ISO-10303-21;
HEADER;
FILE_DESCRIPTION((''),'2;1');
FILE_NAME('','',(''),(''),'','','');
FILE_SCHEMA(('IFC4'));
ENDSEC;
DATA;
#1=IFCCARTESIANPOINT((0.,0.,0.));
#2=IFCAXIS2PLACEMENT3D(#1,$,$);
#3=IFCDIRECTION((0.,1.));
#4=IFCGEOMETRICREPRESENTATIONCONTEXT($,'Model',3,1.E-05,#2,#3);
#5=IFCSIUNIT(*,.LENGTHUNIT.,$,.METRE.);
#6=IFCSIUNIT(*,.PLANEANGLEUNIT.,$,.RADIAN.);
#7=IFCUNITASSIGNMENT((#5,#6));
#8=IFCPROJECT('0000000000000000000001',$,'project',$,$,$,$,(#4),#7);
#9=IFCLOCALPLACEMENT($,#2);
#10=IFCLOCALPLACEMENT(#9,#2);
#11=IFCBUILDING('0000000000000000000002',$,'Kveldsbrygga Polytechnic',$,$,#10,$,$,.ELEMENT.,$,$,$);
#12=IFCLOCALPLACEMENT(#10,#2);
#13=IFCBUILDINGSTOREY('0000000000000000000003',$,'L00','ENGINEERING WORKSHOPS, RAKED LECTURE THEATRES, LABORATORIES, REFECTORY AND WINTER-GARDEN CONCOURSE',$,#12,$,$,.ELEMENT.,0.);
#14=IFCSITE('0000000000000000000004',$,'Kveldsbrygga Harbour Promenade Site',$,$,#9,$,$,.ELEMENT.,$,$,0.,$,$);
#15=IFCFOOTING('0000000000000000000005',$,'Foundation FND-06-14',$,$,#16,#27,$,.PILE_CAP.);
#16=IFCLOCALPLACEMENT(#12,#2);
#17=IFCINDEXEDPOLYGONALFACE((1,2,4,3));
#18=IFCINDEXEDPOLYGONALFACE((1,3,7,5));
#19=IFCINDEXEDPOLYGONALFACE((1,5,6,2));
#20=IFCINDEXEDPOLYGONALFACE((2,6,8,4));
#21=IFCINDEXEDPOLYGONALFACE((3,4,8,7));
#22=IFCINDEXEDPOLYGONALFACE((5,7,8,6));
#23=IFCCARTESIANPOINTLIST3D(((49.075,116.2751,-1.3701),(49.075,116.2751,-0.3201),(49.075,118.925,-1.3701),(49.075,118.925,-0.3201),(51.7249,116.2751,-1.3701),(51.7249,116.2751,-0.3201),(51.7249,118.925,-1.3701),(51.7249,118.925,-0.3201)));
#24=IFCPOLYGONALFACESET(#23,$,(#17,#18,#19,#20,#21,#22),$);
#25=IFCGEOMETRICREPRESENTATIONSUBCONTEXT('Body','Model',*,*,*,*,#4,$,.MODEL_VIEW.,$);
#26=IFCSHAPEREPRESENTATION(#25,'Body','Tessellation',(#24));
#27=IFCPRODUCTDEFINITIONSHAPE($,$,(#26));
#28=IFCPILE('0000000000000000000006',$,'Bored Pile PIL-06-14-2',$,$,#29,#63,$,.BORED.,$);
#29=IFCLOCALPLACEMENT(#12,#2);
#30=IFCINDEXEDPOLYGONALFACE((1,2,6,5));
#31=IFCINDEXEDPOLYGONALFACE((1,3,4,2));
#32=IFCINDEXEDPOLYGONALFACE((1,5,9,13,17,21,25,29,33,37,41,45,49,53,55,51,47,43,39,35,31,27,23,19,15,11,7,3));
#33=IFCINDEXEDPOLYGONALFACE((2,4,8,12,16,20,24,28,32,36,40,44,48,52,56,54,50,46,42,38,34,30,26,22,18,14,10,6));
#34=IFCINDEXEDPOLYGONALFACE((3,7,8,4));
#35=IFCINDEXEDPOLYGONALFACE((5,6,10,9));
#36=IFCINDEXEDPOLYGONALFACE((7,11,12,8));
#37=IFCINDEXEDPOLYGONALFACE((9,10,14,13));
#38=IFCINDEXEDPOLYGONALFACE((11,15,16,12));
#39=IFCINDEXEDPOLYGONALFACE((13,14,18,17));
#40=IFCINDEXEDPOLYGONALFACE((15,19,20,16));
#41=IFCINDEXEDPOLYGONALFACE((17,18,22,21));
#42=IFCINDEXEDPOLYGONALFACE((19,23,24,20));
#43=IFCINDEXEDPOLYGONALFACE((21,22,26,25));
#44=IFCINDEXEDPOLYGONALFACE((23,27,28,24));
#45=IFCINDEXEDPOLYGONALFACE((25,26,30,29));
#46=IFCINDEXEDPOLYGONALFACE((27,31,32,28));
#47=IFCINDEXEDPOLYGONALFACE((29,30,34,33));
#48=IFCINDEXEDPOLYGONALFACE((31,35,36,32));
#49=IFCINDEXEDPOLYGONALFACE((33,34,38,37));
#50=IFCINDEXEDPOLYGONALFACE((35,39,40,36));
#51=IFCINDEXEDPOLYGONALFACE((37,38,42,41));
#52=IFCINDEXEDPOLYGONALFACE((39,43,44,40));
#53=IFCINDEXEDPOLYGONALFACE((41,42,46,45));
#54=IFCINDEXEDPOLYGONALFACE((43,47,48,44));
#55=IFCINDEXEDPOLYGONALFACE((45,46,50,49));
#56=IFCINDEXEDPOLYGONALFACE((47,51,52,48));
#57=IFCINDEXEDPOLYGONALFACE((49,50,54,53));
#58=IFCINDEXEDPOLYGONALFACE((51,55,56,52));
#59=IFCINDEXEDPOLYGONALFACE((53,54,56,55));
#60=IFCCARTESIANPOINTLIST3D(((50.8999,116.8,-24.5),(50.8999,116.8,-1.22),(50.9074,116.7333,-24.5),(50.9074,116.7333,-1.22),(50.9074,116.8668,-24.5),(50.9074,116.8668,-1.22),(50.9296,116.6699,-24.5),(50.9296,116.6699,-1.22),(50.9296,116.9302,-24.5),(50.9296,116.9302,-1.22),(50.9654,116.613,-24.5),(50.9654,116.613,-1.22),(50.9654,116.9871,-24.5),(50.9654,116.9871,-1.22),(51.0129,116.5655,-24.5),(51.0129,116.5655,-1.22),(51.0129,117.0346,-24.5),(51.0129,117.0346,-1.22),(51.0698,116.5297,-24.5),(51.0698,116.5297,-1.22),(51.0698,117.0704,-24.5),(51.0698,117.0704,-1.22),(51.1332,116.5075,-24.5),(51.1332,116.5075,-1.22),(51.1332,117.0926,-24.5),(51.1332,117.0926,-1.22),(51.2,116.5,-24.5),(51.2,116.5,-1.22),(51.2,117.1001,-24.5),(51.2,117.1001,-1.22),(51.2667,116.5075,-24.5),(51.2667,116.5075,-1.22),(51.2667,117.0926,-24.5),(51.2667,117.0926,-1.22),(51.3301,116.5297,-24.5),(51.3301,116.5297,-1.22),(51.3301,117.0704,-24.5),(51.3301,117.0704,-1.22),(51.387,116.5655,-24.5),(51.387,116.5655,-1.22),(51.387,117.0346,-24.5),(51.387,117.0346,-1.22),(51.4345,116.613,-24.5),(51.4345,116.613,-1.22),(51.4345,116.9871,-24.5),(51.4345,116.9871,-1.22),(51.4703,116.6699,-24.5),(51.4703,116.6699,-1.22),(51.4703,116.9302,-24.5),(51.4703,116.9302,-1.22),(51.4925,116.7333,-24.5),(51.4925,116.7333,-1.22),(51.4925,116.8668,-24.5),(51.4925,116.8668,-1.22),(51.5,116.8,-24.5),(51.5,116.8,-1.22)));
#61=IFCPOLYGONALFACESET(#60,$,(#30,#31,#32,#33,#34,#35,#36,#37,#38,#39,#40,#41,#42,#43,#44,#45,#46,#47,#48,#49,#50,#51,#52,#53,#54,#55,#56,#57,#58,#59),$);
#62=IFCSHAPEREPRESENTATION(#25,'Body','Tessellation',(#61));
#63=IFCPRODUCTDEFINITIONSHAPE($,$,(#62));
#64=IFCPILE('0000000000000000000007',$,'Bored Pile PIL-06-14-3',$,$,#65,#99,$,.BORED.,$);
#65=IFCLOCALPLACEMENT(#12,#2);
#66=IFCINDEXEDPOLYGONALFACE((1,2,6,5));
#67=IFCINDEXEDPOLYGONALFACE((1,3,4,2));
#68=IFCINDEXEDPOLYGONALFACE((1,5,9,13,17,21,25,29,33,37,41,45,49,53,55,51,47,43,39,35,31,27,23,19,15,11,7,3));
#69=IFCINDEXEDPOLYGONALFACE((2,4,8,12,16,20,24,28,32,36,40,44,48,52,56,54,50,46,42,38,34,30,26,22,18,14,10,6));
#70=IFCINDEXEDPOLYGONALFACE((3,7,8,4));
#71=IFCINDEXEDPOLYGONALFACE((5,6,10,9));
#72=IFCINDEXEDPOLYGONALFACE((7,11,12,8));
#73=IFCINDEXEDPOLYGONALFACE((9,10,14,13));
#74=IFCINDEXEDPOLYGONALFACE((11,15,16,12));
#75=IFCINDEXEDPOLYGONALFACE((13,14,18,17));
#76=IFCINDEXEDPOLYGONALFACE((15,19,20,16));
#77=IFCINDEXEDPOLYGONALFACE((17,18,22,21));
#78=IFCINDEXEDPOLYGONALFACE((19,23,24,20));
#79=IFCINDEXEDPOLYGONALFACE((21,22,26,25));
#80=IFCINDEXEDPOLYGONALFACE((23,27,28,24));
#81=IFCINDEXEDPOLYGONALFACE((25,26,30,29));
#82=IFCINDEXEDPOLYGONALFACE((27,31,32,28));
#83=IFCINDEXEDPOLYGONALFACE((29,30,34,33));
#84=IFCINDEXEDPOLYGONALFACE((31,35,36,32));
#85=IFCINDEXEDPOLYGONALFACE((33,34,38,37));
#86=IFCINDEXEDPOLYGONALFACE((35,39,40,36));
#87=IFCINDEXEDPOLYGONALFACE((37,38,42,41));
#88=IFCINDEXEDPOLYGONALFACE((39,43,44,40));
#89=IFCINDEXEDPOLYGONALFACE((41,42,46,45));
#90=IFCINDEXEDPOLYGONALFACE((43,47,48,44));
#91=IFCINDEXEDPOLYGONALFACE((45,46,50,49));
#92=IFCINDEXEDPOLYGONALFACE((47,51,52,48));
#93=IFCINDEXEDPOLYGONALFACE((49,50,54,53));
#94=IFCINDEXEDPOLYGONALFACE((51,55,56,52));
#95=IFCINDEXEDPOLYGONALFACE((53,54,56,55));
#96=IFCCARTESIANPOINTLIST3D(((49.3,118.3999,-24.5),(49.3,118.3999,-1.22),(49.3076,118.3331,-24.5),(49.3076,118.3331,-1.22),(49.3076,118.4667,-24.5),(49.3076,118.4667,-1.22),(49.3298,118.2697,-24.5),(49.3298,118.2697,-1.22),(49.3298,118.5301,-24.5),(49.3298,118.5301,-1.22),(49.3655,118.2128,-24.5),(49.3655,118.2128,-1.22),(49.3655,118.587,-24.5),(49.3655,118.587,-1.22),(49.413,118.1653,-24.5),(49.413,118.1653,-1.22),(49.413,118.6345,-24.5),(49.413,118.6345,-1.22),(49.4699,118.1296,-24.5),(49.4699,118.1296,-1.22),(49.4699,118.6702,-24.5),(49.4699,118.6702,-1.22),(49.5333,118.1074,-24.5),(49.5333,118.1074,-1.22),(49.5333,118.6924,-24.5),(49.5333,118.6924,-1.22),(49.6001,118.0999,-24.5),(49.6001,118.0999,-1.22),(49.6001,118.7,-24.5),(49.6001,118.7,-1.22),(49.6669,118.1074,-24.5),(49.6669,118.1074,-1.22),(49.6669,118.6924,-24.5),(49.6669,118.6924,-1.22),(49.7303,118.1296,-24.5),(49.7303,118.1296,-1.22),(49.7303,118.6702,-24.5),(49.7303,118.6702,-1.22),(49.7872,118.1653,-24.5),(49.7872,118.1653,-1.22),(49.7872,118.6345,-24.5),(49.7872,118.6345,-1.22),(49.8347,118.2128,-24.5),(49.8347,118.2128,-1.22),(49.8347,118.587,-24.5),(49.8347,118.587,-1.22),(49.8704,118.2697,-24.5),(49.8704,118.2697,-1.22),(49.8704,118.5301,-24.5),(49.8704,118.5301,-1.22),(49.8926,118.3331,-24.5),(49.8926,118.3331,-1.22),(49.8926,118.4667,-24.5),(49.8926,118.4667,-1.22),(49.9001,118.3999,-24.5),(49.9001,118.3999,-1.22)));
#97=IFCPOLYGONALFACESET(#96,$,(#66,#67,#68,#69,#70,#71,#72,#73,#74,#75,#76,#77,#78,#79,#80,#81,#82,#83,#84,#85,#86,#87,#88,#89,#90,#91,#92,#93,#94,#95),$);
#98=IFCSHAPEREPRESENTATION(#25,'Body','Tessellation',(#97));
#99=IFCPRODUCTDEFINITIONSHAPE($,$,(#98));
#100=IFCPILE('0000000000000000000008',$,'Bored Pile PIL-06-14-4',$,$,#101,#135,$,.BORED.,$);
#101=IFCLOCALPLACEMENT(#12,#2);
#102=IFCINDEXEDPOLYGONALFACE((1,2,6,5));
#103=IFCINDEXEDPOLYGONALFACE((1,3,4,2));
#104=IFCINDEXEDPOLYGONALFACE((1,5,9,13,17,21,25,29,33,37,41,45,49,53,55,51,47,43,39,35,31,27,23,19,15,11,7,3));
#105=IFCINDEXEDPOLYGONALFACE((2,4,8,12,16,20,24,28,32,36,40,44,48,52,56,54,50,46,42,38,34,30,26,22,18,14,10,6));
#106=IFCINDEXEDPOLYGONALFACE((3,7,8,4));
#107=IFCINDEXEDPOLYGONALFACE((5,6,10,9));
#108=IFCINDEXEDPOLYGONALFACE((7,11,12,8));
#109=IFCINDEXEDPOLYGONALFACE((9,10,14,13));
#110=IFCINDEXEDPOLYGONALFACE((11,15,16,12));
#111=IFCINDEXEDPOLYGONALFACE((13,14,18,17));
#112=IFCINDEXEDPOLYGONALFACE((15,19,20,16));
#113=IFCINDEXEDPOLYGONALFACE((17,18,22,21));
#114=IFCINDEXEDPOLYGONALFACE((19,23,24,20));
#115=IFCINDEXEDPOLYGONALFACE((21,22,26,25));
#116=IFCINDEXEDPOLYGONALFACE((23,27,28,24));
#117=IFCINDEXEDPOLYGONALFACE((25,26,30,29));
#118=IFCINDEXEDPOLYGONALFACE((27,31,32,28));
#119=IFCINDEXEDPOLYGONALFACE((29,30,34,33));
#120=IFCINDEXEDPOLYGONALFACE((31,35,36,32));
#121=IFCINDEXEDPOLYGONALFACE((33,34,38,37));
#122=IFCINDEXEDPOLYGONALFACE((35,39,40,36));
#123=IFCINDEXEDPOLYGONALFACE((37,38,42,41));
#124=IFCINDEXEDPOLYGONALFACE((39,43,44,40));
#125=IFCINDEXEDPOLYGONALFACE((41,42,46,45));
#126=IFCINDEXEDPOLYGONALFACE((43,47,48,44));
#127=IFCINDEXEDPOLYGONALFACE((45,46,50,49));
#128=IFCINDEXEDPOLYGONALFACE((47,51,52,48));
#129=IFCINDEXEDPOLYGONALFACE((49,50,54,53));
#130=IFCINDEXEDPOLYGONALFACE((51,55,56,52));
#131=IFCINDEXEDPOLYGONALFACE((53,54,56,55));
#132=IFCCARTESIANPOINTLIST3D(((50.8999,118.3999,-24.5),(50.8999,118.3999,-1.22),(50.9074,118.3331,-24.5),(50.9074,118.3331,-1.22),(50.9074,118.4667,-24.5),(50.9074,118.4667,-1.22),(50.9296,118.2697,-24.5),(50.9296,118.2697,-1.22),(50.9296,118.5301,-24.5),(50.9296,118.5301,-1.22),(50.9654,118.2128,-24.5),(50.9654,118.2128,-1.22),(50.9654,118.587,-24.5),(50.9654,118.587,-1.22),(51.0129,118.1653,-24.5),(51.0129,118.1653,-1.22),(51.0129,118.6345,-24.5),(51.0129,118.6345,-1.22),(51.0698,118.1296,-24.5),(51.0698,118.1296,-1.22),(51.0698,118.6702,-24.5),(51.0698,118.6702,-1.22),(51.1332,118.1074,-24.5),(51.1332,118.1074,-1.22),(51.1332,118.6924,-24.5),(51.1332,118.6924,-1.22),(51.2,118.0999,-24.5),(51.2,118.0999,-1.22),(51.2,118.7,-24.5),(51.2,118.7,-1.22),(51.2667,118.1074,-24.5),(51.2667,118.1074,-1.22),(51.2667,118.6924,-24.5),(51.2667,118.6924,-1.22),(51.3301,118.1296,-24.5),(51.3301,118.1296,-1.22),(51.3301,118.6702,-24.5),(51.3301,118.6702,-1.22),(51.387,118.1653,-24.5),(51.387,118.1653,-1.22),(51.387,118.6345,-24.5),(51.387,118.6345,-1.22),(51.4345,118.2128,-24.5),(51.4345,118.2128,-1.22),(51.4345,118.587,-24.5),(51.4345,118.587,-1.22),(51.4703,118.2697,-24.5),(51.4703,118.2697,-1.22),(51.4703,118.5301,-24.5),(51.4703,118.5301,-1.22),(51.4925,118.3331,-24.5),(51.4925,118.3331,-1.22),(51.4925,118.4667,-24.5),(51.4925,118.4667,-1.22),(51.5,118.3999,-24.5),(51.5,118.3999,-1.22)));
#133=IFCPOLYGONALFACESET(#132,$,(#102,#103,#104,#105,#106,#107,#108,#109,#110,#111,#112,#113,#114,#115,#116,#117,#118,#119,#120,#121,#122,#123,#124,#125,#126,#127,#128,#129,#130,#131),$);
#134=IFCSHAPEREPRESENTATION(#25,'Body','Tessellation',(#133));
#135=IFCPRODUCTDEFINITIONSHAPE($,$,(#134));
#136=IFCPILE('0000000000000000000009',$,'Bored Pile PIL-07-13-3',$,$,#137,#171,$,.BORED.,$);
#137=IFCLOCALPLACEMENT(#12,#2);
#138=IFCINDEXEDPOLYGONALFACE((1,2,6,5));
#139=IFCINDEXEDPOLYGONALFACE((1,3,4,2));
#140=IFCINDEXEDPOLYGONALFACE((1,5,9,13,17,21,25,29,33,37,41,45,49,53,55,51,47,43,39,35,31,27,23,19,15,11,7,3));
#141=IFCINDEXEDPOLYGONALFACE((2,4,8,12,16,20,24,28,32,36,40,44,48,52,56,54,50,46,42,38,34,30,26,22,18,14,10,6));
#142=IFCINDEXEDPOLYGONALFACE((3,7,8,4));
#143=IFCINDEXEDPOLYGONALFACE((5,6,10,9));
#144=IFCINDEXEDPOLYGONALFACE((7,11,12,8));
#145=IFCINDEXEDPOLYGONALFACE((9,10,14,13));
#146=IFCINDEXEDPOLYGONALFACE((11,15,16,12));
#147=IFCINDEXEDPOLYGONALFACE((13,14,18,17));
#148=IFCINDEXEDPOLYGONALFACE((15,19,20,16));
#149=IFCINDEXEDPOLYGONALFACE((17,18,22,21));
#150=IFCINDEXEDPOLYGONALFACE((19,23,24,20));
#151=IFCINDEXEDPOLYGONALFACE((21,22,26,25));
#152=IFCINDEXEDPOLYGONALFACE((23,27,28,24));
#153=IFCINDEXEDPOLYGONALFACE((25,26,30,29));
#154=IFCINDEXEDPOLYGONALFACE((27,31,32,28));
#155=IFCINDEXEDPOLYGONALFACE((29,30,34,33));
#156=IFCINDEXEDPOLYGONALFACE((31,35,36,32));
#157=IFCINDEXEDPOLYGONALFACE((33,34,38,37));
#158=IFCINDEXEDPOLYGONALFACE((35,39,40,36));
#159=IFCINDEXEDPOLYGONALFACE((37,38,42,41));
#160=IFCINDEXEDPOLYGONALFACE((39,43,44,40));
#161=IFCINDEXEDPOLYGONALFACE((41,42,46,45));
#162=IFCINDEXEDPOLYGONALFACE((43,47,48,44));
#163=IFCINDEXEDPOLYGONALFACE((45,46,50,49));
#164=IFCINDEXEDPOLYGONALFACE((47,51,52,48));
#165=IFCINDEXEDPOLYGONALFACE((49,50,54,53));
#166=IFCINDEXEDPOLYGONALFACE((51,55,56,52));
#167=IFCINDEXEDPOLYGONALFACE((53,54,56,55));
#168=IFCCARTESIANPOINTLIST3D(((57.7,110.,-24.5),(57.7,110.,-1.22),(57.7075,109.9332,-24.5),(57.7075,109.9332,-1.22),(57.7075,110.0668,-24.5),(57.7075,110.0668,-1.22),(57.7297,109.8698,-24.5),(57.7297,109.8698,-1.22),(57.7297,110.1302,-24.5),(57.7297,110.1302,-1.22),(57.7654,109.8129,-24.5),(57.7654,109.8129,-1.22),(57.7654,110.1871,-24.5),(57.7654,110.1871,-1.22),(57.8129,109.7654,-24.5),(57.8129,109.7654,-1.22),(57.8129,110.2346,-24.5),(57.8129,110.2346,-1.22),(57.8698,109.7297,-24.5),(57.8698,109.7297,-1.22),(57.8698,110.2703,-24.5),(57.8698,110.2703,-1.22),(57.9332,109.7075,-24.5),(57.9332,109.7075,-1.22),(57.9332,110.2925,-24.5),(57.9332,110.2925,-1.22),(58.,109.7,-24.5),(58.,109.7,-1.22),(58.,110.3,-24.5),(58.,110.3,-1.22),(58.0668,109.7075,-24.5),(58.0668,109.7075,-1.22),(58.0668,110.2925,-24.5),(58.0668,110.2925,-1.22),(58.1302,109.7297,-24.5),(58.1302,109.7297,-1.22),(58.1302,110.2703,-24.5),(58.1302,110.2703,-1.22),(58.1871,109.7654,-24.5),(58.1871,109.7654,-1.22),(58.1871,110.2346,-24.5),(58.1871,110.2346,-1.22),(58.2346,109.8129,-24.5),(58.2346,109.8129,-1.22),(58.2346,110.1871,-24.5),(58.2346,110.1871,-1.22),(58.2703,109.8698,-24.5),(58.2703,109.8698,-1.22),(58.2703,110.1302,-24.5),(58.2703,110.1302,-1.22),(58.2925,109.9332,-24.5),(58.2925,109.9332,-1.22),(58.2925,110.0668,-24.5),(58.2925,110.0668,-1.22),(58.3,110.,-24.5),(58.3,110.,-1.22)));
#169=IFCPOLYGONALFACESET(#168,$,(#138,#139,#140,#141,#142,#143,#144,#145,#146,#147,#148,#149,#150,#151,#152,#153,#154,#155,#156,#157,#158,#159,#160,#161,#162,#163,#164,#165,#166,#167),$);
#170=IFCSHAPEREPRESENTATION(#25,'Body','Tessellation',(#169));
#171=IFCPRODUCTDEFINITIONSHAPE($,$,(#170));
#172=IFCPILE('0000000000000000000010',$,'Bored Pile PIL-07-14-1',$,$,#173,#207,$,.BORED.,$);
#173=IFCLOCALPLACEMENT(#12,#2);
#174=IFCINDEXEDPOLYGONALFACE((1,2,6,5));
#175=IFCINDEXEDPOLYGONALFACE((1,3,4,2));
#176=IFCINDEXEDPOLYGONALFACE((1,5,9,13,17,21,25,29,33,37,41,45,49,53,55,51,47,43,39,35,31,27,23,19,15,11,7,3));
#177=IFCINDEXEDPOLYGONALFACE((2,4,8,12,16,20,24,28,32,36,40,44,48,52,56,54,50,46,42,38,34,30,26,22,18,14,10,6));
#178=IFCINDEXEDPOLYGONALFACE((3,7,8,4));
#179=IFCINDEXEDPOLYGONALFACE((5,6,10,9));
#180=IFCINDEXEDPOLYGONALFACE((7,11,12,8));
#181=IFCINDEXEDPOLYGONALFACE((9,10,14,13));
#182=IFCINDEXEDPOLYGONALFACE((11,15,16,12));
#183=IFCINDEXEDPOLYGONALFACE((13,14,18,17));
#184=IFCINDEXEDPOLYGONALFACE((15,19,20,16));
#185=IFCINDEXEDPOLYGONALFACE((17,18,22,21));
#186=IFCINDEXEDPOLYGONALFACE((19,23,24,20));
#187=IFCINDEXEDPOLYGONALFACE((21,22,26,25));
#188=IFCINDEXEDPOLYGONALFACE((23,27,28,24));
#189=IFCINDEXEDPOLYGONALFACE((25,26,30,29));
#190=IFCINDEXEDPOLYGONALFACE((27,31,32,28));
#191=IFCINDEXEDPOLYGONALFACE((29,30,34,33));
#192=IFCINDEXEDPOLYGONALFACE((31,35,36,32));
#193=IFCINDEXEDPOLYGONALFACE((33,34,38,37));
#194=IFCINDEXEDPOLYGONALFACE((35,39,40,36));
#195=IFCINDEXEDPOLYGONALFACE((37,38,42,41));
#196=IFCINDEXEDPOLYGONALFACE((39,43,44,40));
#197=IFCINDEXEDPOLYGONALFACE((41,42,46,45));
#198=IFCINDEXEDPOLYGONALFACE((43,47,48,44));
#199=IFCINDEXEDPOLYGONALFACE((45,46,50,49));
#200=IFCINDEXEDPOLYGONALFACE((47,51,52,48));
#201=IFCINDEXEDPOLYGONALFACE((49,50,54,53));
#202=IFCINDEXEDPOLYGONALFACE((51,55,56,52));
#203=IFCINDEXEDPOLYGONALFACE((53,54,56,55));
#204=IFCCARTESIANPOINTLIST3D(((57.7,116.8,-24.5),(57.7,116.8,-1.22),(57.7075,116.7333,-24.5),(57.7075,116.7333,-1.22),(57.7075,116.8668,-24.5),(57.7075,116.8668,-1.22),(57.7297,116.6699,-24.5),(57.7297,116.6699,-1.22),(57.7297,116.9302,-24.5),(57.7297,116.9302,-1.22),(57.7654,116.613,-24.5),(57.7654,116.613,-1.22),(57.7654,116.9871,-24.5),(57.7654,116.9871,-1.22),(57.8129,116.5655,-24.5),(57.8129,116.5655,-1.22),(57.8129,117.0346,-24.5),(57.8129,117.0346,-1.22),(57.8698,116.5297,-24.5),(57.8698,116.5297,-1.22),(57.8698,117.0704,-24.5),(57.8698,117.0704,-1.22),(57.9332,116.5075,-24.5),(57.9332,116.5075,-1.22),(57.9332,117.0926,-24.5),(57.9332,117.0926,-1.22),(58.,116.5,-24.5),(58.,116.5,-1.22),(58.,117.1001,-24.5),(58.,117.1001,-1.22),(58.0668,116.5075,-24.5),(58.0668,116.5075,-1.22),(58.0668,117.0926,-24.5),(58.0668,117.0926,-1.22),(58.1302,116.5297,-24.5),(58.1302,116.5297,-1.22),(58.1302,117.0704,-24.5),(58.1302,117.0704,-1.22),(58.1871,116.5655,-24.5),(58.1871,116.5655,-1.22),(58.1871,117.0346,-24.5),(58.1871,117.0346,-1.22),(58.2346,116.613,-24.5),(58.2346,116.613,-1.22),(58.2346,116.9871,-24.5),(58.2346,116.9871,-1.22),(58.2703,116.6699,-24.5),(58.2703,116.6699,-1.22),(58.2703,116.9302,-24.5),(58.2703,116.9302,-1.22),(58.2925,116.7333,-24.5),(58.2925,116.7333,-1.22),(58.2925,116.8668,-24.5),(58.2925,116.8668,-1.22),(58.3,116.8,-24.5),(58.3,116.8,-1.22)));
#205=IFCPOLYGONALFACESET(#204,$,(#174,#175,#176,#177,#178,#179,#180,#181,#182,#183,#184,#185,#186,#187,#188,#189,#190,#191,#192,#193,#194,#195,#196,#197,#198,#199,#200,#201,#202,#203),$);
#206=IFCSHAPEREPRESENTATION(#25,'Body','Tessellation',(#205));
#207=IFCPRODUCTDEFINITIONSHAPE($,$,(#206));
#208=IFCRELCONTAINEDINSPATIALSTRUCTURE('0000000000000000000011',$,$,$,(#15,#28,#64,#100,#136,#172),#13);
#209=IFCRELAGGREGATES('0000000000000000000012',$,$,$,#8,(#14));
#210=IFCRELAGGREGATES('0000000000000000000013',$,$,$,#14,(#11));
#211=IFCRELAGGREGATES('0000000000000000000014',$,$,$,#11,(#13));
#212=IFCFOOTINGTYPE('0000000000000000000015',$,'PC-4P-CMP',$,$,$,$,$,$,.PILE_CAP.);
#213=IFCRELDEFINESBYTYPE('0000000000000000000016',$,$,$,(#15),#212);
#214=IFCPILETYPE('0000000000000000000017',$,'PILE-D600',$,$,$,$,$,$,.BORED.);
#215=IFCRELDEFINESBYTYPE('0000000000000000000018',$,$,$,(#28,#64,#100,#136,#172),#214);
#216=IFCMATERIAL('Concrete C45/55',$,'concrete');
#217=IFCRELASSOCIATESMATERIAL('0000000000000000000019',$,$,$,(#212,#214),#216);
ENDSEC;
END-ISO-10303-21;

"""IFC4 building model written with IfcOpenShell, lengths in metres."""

from ifc_helpers import new_model, si_unit, direction, frame, origin, origin_2d, place, context, subcontext, project, spatial, rectangle, circle, extrude, material, material_profile, profile_set, type_object, element, save


model = new_model("IFC4")

# Units and contexts
model_context = context("Model", 3, precision=1e-05, world=origin(), true_north=direction((0.0, 1.0)))
body_context = subcontext(model_context, "Body", "Model", "MODEL_VIEW")
ifc_project = project(units=[si_unit("LENGTHUNIT", "METRE"), si_unit("PLANEANGLEUNIT", "RADIAN")], contexts=[model_context])

# Site, building, storey
site_placement = place(None, origin())
site = spatial("IfcSite", under=ifc_project, at=site_placement, Name="Kveldsbrygga Harbour Promenade Site", CompositionType="ELEMENT", RefElevation=0.0)
building_placement = place(site_placement, origin())
building = spatial("IfcBuilding", under=site, at=building_placement, Name="Kveldsbrygga Polytechnic", CompositionType="ELEMENT")
storey_placement = place(building_placement, origin())
storey = spatial("IfcBuildingStorey", under=building, at=storey_placement, Name="L00", Description="ENGINEERING WORKSHOPS, RAKED LECTURE THEATRES, LABORATORIES, REFECTORY AND WINTER-GARDEN CONCOURSE", CompositionType="ELEMENT", Elevation=0.0)

# Footing
ifc_material_1 = material(Name="Concrete C45/55", Category="concrete")
footing_type = type_object("IfcFootingType", Name="PC-4P-CMP", PredefinedType="PILE_CAP", material=ifc_material_1)
footing_placement = place(storey_placement, frame((50.3999, 117.6001, -1.3701), z_axis=(0.0, 0.0, 1.0), x_axis=(1.0, 0.0, 0.0)))
element("IfcFooting", 1, at=footing_placement, inside=storey, type_object=footing_type, Name="Foundation FND-06-14", PredefinedType="PILE_CAP", context=body_context, shape_type="SweptSolid", body=[
    extrude(rectangle(XDim=2.6499, YDim=2.6499, at=origin_2d()), origin(), (0.0, 0.0, 1.0), 1.05),
])

# Piles
ifc_material_profile_1 = material_profile(ifc_material_1, circle(Radius=0.3, at=origin_2d()), Name="PILE D600")
ifc_profile_set_1 = profile_set([ifc_material_profile_1], Name="Concrete C45/55")
pile_type = type_object("IfcPileType", Name="PILE-D600", PredefinedType="BORED", material=ifc_profile_set_1)
for number, where, z_axis, x_axis, name in (
    (2, (51.2, 116.8, -1.22), (0.0, 0.0, -1.0), (1.0, 0.0, 0.0), "Bored Pile PIL-06-14-2"),
    (3, (49.6001, 118.3999, -1.22), (0.0, 0.0, -1.0), (1.0, 0.0, 0.0), "Bored Pile PIL-06-14-3"),
    (4, (51.2, 118.3999, -1.22), (0.0, 0.0, -1.0), (1.0, 0.0, 0.0), "Bored Pile PIL-06-14-4"),
    (5, (58.0, 110.0, -1.22), (0.0, 0.0, -1.0), (1.0, 0.0, 0.0), "Bored Pile PIL-07-13-3"),
    (6, (58.0, 116.8, -1.22), (0.0, 0.0, -1.0), (1.0, 0.0, 0.0), "Bored Pile PIL-07-14-1"),
):
    element("IfcPile", number, at=place(storey_placement, frame(where, z_axis=z_axis, x_axis=x_axis)), inside=storey, type_object=pile_type, Name=name, PredefinedType="BORED", context=body_context, shape_type="SweptSolid", body=[
        extrude(circle(Radius=0.3, at=origin_2d()), origin(), (0.0, 0.0, 1.0), 23.28),
    ])

save(model, "model.ifc")
